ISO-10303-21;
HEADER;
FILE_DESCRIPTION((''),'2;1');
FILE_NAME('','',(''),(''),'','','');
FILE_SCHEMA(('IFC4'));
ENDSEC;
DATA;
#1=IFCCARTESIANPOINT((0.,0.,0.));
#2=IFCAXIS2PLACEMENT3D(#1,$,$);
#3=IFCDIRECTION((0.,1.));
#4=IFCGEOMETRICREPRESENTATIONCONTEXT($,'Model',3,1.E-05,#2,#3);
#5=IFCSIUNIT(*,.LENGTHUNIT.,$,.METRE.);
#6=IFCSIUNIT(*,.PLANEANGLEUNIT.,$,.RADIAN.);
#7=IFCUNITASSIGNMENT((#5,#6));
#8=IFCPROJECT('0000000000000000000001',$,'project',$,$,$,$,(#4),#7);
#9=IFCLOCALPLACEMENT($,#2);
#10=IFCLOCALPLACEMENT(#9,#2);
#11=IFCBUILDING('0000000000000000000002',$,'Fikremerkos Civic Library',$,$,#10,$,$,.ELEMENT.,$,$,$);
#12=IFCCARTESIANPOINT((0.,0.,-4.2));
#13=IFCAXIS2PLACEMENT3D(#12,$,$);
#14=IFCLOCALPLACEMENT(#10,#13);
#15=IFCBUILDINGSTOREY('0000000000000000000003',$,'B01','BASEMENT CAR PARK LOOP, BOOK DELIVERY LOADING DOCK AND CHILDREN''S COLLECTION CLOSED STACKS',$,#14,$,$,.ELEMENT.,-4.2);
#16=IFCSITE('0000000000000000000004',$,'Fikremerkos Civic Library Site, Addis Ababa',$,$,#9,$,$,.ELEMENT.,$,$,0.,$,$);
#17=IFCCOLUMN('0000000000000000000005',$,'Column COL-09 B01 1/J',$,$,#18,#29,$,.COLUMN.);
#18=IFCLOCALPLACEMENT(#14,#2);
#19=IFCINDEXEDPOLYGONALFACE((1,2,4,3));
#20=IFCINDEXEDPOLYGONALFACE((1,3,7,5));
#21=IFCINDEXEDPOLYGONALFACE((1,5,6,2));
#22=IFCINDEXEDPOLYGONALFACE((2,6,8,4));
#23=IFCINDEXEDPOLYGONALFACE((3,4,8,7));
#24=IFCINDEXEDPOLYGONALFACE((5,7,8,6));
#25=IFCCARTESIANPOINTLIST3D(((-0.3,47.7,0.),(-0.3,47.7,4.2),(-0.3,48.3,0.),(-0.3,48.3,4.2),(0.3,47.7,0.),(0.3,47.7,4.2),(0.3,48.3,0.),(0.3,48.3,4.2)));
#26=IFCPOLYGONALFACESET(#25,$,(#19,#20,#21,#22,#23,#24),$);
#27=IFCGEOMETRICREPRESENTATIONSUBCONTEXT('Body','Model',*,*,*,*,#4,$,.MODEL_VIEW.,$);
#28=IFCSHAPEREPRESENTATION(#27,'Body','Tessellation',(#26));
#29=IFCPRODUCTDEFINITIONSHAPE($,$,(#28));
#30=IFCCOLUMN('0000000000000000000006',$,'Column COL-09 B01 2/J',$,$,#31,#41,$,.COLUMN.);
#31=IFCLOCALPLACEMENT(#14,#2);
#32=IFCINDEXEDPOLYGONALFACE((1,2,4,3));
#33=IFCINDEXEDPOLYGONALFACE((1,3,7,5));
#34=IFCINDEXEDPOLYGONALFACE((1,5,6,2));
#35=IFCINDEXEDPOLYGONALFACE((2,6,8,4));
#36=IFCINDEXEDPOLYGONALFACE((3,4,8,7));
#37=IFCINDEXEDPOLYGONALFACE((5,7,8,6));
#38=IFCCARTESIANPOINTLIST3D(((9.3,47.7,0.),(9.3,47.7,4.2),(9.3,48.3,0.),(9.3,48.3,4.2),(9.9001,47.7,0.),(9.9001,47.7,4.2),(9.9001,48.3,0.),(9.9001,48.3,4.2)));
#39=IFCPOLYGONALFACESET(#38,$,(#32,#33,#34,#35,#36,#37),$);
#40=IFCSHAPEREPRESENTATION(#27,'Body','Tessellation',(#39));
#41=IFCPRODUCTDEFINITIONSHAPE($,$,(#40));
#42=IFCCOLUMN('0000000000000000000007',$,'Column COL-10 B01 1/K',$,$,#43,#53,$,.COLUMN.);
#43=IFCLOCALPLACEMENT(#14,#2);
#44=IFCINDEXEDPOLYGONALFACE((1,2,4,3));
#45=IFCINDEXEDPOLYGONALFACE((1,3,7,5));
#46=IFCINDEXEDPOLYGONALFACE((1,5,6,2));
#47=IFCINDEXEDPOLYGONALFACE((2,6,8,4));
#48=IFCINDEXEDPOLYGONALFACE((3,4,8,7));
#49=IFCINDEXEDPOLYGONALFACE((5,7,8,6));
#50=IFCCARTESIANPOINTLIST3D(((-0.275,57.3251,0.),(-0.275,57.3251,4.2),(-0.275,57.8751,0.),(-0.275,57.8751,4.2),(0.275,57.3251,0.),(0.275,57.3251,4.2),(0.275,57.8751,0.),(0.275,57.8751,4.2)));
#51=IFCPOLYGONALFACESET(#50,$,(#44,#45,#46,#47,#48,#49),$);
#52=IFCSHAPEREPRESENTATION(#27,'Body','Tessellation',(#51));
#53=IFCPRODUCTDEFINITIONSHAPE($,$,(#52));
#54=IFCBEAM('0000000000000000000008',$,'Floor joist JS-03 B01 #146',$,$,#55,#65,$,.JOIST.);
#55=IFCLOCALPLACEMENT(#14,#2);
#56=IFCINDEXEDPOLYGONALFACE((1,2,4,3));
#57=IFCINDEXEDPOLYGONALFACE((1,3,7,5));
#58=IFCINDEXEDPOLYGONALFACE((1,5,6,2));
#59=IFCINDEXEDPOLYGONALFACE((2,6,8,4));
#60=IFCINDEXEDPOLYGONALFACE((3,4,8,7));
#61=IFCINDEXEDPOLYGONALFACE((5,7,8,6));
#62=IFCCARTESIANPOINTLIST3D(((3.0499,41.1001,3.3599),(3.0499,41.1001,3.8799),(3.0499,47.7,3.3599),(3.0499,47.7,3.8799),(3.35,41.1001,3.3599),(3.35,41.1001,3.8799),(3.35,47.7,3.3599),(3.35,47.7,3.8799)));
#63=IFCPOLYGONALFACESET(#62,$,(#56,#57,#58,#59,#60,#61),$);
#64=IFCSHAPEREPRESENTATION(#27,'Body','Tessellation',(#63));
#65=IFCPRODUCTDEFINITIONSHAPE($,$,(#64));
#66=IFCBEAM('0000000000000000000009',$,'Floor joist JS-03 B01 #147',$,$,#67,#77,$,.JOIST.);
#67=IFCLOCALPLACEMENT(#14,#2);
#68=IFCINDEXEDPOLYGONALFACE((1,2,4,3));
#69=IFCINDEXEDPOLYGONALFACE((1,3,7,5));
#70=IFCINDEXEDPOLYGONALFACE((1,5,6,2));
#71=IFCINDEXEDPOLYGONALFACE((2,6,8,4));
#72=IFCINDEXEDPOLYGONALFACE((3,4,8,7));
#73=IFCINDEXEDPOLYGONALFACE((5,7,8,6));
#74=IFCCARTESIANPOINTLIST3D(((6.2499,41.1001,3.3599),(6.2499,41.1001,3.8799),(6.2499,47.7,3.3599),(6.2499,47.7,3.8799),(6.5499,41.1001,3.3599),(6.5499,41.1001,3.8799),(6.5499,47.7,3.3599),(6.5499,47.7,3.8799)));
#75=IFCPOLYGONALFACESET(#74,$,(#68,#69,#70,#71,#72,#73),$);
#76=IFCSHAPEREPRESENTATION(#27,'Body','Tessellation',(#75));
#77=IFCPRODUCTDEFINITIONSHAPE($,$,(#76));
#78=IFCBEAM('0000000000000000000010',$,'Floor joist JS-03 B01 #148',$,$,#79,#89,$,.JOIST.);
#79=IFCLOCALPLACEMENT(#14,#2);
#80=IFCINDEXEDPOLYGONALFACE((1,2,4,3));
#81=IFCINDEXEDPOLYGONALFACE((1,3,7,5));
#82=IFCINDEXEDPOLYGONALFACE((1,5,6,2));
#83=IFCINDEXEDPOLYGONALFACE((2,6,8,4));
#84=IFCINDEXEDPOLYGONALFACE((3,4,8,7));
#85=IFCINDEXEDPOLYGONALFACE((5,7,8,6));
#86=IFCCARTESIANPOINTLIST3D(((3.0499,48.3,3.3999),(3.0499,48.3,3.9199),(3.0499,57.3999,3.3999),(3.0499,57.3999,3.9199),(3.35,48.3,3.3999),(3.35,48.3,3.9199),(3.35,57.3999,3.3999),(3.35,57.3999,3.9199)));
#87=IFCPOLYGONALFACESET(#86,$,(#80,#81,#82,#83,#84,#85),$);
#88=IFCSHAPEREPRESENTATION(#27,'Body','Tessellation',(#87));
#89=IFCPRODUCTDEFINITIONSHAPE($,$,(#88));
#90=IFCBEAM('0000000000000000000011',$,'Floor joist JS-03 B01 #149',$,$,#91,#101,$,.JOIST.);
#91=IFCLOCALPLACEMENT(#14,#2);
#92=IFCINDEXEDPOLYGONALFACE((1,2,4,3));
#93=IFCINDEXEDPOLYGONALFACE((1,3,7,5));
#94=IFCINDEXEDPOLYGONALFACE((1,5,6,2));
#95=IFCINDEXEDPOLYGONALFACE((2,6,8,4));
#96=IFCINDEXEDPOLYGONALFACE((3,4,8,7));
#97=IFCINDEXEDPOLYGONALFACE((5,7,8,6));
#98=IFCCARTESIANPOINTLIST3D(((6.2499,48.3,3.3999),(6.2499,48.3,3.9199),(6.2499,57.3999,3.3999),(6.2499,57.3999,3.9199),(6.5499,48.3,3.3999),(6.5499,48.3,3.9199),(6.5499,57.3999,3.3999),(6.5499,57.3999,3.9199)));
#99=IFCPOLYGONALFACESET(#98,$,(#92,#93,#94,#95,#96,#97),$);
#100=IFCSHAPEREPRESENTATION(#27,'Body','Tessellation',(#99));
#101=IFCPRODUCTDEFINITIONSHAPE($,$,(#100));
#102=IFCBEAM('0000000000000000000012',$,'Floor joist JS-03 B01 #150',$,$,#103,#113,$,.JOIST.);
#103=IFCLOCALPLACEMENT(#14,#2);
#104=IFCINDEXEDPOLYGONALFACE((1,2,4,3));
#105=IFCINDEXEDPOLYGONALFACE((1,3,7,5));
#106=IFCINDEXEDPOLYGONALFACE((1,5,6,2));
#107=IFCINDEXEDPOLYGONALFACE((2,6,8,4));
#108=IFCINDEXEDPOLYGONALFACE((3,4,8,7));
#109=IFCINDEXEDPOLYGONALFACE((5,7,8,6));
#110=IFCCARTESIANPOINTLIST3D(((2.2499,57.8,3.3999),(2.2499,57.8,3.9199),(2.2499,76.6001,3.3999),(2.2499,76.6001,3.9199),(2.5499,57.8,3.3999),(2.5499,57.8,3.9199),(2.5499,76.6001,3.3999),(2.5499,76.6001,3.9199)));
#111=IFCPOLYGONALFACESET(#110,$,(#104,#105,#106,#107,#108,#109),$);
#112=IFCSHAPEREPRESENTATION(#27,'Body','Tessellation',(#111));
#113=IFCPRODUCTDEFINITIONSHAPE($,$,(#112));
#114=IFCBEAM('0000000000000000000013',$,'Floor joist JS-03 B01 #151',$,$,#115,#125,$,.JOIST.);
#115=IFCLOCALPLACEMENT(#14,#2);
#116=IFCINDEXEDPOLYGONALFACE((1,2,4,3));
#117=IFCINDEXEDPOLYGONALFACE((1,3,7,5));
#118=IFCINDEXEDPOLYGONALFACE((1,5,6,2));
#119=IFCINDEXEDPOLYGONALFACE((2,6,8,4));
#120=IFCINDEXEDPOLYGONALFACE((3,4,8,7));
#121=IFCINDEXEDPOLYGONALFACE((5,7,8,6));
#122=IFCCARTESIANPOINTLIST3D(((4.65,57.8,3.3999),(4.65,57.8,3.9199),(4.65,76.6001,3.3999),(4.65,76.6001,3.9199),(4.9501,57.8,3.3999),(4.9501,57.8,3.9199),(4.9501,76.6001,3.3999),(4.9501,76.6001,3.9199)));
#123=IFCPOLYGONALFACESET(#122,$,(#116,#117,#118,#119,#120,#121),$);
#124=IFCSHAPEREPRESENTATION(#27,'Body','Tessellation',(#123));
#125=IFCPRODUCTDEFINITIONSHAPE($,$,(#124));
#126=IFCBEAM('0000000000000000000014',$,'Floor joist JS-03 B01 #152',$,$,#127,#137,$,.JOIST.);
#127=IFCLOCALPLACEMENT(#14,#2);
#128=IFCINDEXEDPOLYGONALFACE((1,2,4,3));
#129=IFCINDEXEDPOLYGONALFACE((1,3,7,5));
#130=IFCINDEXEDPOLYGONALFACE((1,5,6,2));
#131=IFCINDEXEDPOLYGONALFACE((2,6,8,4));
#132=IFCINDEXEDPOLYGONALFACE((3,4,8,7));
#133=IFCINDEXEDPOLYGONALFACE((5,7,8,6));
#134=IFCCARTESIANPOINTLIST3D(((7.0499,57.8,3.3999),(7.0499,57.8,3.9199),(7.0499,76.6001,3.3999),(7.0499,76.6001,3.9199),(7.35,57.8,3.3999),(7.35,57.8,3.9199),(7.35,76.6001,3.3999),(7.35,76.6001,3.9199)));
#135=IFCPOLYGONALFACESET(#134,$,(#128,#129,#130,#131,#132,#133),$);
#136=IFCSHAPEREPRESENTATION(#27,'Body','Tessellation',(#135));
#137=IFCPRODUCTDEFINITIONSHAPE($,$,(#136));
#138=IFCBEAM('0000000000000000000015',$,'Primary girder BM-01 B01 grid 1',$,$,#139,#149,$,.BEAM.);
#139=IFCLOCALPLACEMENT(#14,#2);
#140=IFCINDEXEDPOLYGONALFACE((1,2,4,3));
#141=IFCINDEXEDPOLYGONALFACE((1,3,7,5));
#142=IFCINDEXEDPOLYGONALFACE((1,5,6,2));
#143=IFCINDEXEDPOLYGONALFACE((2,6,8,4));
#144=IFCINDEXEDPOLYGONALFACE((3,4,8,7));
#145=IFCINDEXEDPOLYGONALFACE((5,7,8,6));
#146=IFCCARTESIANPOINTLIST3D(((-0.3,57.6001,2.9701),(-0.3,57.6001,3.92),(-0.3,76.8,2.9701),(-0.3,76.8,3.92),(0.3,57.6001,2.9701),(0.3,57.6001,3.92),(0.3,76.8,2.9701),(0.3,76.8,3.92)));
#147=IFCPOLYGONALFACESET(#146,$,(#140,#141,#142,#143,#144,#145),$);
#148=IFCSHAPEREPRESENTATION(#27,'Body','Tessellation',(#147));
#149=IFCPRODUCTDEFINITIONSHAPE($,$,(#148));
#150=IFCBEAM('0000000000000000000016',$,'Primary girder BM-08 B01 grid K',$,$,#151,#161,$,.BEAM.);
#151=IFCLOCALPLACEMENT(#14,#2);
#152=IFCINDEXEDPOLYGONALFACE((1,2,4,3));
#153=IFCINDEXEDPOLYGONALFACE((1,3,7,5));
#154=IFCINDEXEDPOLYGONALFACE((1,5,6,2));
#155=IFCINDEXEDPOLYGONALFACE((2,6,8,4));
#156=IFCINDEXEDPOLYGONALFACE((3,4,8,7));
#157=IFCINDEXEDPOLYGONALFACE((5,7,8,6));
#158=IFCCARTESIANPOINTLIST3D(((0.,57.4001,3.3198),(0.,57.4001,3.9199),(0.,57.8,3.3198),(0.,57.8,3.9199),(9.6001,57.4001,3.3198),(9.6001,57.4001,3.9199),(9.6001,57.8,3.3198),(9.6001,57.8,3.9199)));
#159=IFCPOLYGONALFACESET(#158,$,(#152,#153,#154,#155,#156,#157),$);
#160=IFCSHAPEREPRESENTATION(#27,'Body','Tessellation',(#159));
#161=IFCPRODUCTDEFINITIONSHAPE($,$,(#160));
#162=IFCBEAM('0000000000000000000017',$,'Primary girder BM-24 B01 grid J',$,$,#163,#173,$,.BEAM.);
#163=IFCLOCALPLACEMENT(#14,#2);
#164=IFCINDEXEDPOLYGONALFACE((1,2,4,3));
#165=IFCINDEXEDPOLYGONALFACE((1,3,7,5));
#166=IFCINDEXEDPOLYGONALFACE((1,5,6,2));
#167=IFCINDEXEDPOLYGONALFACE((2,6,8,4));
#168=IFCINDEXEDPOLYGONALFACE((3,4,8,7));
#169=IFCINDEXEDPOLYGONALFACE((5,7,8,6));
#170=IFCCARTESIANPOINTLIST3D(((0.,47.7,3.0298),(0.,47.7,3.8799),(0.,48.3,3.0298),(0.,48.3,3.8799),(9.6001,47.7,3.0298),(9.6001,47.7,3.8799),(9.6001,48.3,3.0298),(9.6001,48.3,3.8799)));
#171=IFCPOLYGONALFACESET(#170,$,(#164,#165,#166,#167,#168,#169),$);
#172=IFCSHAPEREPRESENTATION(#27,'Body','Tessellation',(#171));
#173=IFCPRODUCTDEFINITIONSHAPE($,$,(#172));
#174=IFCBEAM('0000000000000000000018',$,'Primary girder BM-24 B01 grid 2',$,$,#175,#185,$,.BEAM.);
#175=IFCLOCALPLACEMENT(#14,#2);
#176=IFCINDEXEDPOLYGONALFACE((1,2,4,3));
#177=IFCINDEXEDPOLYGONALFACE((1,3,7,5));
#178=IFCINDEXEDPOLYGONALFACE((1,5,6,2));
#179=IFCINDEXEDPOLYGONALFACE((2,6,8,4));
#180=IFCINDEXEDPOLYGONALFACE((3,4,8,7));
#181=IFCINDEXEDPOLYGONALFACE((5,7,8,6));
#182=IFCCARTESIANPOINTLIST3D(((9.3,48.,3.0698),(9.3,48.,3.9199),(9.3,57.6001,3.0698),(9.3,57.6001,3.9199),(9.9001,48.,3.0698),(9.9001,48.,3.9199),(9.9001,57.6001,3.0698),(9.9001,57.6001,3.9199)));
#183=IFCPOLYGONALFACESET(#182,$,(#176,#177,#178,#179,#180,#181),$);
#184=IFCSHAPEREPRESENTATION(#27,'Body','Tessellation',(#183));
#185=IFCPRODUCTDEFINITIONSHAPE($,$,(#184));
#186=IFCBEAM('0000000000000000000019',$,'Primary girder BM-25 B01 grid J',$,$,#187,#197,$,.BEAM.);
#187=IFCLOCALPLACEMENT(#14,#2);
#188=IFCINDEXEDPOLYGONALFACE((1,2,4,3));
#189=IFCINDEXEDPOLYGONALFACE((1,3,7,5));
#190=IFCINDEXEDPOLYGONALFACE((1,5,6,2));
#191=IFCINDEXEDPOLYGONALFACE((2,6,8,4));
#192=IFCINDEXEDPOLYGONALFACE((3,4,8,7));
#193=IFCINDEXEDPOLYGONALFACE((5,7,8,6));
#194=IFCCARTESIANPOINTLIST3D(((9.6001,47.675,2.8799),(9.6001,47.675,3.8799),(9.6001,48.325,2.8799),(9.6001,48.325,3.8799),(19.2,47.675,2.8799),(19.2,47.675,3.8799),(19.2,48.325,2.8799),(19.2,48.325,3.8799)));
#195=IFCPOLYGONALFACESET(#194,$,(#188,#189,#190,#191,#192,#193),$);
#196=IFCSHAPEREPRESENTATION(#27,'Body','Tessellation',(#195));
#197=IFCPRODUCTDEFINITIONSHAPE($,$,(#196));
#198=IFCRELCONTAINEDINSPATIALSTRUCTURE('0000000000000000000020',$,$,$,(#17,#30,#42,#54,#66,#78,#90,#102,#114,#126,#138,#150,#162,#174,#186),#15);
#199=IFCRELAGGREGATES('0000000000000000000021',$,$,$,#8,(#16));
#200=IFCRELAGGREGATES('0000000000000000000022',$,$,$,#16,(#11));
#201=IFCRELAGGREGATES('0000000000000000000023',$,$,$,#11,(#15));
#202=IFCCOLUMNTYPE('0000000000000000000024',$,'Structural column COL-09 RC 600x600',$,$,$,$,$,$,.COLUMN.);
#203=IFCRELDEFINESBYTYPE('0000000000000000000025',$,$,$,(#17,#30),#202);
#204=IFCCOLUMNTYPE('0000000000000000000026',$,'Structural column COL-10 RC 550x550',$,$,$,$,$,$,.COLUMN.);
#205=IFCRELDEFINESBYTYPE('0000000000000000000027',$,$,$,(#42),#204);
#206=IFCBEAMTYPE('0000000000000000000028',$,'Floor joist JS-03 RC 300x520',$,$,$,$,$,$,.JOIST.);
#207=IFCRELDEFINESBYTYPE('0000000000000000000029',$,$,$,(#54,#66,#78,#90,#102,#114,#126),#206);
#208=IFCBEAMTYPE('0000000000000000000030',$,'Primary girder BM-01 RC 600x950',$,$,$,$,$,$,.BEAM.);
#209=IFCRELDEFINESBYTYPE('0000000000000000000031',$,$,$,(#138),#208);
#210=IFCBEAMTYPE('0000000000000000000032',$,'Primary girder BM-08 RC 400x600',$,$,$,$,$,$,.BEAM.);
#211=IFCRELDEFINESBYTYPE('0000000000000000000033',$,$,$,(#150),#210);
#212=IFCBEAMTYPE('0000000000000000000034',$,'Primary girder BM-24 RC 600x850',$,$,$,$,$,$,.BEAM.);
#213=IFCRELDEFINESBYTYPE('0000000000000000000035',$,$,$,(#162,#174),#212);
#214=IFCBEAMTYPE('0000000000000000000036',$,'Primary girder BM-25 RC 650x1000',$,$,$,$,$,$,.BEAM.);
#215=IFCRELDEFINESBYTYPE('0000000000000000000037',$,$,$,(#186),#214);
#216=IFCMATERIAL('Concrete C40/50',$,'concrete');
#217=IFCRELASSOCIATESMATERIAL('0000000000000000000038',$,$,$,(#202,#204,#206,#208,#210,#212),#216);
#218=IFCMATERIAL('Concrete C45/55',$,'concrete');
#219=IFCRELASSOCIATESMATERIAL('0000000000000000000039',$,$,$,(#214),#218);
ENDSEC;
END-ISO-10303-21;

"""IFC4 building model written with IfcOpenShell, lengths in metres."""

from ifc_helpers import new_model, si_unit, direction, frame, origin, origin_2d, place, context, subcontext, project, spatial, rectangle, extrude, material, material_profile, profile_set, type_object, element, save


model = new_model("IFC4")

# Units and contexts
model_context = context("Model", 3, precision=1e-05, world=origin(), true_north=direction((0.0, 1.0)))
body_context = subcontext(model_context, "Body", "Model", "MODEL_VIEW")
ifc_project = project(units=[si_unit("LENGTHUNIT", "METRE"), si_unit("PLANEANGLEUNIT", "RADIAN")], contexts=[model_context])

# Site, building, storey
site_placement = place(None, origin())
site = spatial("IfcSite", under=ifc_project, at=site_placement, Name="Fikremerkos Civic Library Site, Addis Ababa", CompositionType="ELEMENT", RefElevation=0.0)
building_placement = place(site_placement, origin())
building = spatial("IfcBuilding", under=site, at=building_placement, Name="Fikremerkos Civic Library", CompositionType="ELEMENT")
storey_placement = place(building_placement, frame((0.0, 0.0, -4.2)))
storey = spatial("IfcBuildingStorey", under=building, at=storey_placement, Name="B01", Description="BASEMENT CAR PARK LOOP, BOOK DELIVERY LOADING DOCK AND CHILDREN'S COLLECTION CLOSED STACKS", CompositionType="ELEMENT", Elevation=-4.2)

# Columns
ifc_material_1 = material(Name="Concrete C40/50", Category="concrete")
ifc_material_profile_1 = material_profile(ifc_material_1, rectangle(XDim=0.6001, YDim=0.6001, at=origin_2d()), Name="RC 600x600")
ifc_profile_set_1 = profile_set([ifc_material_profile_1], Name="Concrete C40/50")
column_type_1 = type_object("IfcColumnType", Name="Structural column COL-09 RC 600x600", PredefinedType="COLUMN", material=ifc_profile_set_1)
for number, where, z_axis, x_axis, name in (
    (1, (0.0, 48.0, 0.0), (0.0, 0.0, 1.0), (1.0, 0.0, 0.0), "Column COL-09 B01 1/J"),
    (2, (9.6001, 48.0, 0.0), (0.0, 0.0, 1.0), (1.0, 0.0, 0.0), "Column COL-09 B01 2/J"),
):
    element("IfcColumn", number, at=place(storey_placement, frame(where, z_axis=z_axis, x_axis=x_axis)), inside=storey, type_object=column_type_1, Name=name, PredefinedType="COLUMN", context=body_context, shape_type="SweptSolid", body=[
        extrude(rectangle(XDim=0.6001, YDim=0.6001, at=origin_2d()), origin(), (0.0, 0.0, 1.0), 4.2),
    ])
ifc_material_profile_2 = material_profile(ifc_material_1, rectangle(XDim=0.55, YDim=0.55, at=origin_2d()), Name="RC 550x550")
ifc_profile_set_2 = profile_set([ifc_material_profile_2], Name="Concrete C40/50")
column_type_2 = type_object("IfcColumnType", Name="Structural column COL-10 RC 550x550", PredefinedType="COLUMN", material=ifc_profile_set_2)
column_placement = place(storey_placement, frame((0.0, 57.6001, 0.0), z_axis=(0.0, 0.0, 1.0), x_axis=(1.0, 0.0, 0.0)))
element("IfcColumn", 3, at=column_placement, inside=storey, type_object=column_type_2, Name="Column COL-10 B01 1/K", PredefinedType="COLUMN", context=body_context, shape_type="SweptSolid", body=[
    extrude(rectangle(XDim=0.55, YDim=0.55, at=origin_2d()), origin(), (0.0, 0.0, 1.0), 4.2),
])

# Beams
ifc_material_profile_3 = material_profile(ifc_material_1, rectangle(XDim=0.3, YDim=0.52, at=origin_2d()), Name="RC 300x520")
ifc_profile_set_3 = profile_set([ifc_material_profile_3], Name="Concrete C40/50")
beam_type_1 = type_object("IfcBeamType", Name="Floor joist JS-03 RC 300x520", PredefinedType="JOIST", material=ifc_profile_set_3)
for number, where, z_axis, x_axis, name in (
    (4, (3.2, 41.1001, 3.6199), (0.0, 1.0, 0.0), (-1.0, 0.0, 0.0), "Floor joist JS-03 B01 #146"),
    (5, (6.3999, 41.1001, 3.6199), (0.0, 1.0, 0.0), (-1.0, 0.0, 0.0), "Floor joist JS-03 B01 #147"),
):
    element("IfcBeam", number, at=place(storey_placement, frame(where, z_axis=z_axis, x_axis=x_axis)), inside=storey, type_object=beam_type_1, Name=name, PredefinedType="JOIST", context=body_context, shape_type="SweptSolid", body=[
        extrude(rectangle(XDim=0.3, YDim=0.52, at=origin_2d()), origin(), (0.0, 0.0, 1.0), 6.5999),
    ])
for number, where, z_axis, x_axis, name in (
    (6, (3.2, 48.3, 3.6599), (0.0, 1.0, 0.0), (-1.0, 0.0, 0.0), "Floor joist JS-03 B01 #148"),
    (7, (6.3999, 48.3, 3.6599), (0.0, 1.0, 0.0), (-1.0, 0.0, 0.0), "Floor joist JS-03 B01 #149"),
):
    element("IfcBeam", number, at=place(storey_placement, frame(where, z_axis=z_axis, x_axis=x_axis)), inside=storey, type_object=beam_type_1, Name=name, PredefinedType="JOIST", context=body_context, shape_type="SweptSolid", body=[
        extrude(rectangle(XDim=0.3, YDim=0.52, at=origin_2d()), origin(), (0.0, 0.0, 1.0), 9.0999),
    ])
for number, where, z_axis, x_axis, name in (
    (8, (2.3999, 57.8, 3.6599), (0.0, 1.0, 0.0), (-1.0, 0.0, 0.0), "Floor joist JS-03 B01 #150"),
    (9, (4.8, 57.8, 3.6599), (0.0, 1.0, 0.0), (-1.0, 0.0, 0.0), "Floor joist JS-03 B01 #151"),
    (10, (7.2, 57.8, 3.6599), (0.0, 1.0, 0.0), (-1.0, 0.0, 0.0), "Floor joist JS-03 B01 #152"),
):
    element("IfcBeam", number, at=place(storey_placement, frame(where, z_axis=z_axis, x_axis=x_axis)), inside=storey, type_object=beam_type_1, Name=name, PredefinedType="JOIST", context=body_context, shape_type="SweptSolid", body=[
        extrude(rectangle(XDim=0.3, YDim=0.52, at=origin_2d()), origin(), (0.0, 0.0, 1.0), 18.8),
    ])
ifc_material_profile_4 = material_profile(ifc_material_1, rectangle(XDim=0.6001, YDim=0.95, at=origin_2d()), Name="RC 600x950")
ifc_profile_set_4 = profile_set([ifc_material_profile_4], Name="Concrete C40/50")
beam_type_2 = type_object("IfcBeamType", Name="Primary girder BM-01 RC 600x950", PredefinedType="BEAM", material=ifc_profile_set_4)
beam_1_placement = place(storey_placement, frame((0.0, 57.6001, 3.4451), z_axis=(0.0, 1.0, 0.0), x_axis=(-1.0, 0.0, 0.0)))
element("IfcBeam", 11, at=beam_1_placement, inside=storey, type_object=beam_type_2, Name="Primary girder BM-01 B01 grid 1", PredefinedType="BEAM", context=body_context, shape_type="SweptSolid", body=[
    extrude(rectangle(XDim=0.6001, YDim=0.95, at=origin_2d()), origin(), (0.0, 0.0, 1.0), 19.2),
])
ifc_material_profile_5 = material_profile(ifc_material_1, rectangle(XDim=0.3999, YDim=0.6001, at=origin_2d()), Name="RC 400x600")
ifc_profile_set_5 = profile_set([ifc_material_profile_5], Name="Concrete C40/50")
beam_type_3 = type_object("IfcBeamType", Name="Primary girder BM-08 RC 400x600", PredefinedType="BEAM", material=ifc_profile_set_5)
beam_2_placement = place(storey_placement, frame((0.0, 57.6001, 3.6199), z_axis=(1.0, 0.0, 0.0), x_axis=(0.0, 1.0, 0.0)))
element("IfcBeam", 12, at=beam_2_placement, inside=storey, type_object=beam_type_3, Name="Primary girder BM-08 B01 grid K", PredefinedType="BEAM", context=body_context, shape_type="SweptSolid", body=[
    extrude(rectangle(XDim=0.3999, YDim=0.6001, at=origin_2d()), origin(), (0.0, 0.0, 1.0), 9.6001),
])
ifc_material_profile_6 = material_profile(ifc_material_1, rectangle(XDim=0.6001, YDim=0.8501, at=origin_2d()), Name="RC 600x850")
ifc_profile_set_6 = profile_set([ifc_material_profile_6], Name="Concrete C40/50")
beam_type_4 = type_object("IfcBeamType", Name="Primary girder BM-24 RC 600x850", PredefinedType="BEAM", material=ifc_profile_set_6)
for number, where, z_axis, x_axis, name in (
    (13, (0.0, 48.0, 3.4548), (1.0, 0.0, 0.0), (0.0, 1.0, 0.0), "Primary girder BM-24 B01 grid J"),
    (14, (9.6001, 48.0, 3.4949), (0.0, 1.0, 0.0), (-1.0, 0.0, 0.0), "Primary girder BM-24 B01 grid 2"),
):
    element("IfcBeam", number, at=place(storey_placement, frame(where, z_axis=z_axis, x_axis=x_axis)), inside=storey, type_object=beam_type_4, Name=name, PredefinedType="BEAM", context=body_context, shape_type="SweptSolid", body=[
        extrude(rectangle(XDim=0.6001, YDim=0.8501, at=origin_2d()), origin(), (0.0, 0.0, 1.0), 9.6001),
    ])
ifc_material_2 = material(Name="Concrete C45/55", Category="concrete")
ifc_material_profile_7 = material_profile(ifc_material_2, rectangle(XDim=0.6499, YDim=1.0, at=origin_2d()), Name="RC 650x1000")
ifc_profile_set_7 = profile_set([ifc_material_profile_7], Name="Concrete C45/55")
beam_type_5 = type_object("IfcBeamType", Name="Primary girder BM-25 RC 650x1000", PredefinedType="BEAM", material=ifc_profile_set_7)
beam_3_placement = place(storey_placement, frame((9.6001, 48.0, 3.3799), z_axis=(1.0, 0.0, 0.0), x_axis=(0.0, 1.0, 0.0)))
element("IfcBeam", 15, at=beam_3_placement, inside=storey, type_object=beam_type_5, Name="Primary girder BM-25 B01 grid J", PredefinedType="BEAM", context=body_context, shape_type="SweptSolid", body=[
    extrude(rectangle(XDim=0.6499, YDim=1.0, at=origin_2d()), origin(), (0.0, 0.0, 1.0), 9.5999),
])

save(model, "model.ifc")
